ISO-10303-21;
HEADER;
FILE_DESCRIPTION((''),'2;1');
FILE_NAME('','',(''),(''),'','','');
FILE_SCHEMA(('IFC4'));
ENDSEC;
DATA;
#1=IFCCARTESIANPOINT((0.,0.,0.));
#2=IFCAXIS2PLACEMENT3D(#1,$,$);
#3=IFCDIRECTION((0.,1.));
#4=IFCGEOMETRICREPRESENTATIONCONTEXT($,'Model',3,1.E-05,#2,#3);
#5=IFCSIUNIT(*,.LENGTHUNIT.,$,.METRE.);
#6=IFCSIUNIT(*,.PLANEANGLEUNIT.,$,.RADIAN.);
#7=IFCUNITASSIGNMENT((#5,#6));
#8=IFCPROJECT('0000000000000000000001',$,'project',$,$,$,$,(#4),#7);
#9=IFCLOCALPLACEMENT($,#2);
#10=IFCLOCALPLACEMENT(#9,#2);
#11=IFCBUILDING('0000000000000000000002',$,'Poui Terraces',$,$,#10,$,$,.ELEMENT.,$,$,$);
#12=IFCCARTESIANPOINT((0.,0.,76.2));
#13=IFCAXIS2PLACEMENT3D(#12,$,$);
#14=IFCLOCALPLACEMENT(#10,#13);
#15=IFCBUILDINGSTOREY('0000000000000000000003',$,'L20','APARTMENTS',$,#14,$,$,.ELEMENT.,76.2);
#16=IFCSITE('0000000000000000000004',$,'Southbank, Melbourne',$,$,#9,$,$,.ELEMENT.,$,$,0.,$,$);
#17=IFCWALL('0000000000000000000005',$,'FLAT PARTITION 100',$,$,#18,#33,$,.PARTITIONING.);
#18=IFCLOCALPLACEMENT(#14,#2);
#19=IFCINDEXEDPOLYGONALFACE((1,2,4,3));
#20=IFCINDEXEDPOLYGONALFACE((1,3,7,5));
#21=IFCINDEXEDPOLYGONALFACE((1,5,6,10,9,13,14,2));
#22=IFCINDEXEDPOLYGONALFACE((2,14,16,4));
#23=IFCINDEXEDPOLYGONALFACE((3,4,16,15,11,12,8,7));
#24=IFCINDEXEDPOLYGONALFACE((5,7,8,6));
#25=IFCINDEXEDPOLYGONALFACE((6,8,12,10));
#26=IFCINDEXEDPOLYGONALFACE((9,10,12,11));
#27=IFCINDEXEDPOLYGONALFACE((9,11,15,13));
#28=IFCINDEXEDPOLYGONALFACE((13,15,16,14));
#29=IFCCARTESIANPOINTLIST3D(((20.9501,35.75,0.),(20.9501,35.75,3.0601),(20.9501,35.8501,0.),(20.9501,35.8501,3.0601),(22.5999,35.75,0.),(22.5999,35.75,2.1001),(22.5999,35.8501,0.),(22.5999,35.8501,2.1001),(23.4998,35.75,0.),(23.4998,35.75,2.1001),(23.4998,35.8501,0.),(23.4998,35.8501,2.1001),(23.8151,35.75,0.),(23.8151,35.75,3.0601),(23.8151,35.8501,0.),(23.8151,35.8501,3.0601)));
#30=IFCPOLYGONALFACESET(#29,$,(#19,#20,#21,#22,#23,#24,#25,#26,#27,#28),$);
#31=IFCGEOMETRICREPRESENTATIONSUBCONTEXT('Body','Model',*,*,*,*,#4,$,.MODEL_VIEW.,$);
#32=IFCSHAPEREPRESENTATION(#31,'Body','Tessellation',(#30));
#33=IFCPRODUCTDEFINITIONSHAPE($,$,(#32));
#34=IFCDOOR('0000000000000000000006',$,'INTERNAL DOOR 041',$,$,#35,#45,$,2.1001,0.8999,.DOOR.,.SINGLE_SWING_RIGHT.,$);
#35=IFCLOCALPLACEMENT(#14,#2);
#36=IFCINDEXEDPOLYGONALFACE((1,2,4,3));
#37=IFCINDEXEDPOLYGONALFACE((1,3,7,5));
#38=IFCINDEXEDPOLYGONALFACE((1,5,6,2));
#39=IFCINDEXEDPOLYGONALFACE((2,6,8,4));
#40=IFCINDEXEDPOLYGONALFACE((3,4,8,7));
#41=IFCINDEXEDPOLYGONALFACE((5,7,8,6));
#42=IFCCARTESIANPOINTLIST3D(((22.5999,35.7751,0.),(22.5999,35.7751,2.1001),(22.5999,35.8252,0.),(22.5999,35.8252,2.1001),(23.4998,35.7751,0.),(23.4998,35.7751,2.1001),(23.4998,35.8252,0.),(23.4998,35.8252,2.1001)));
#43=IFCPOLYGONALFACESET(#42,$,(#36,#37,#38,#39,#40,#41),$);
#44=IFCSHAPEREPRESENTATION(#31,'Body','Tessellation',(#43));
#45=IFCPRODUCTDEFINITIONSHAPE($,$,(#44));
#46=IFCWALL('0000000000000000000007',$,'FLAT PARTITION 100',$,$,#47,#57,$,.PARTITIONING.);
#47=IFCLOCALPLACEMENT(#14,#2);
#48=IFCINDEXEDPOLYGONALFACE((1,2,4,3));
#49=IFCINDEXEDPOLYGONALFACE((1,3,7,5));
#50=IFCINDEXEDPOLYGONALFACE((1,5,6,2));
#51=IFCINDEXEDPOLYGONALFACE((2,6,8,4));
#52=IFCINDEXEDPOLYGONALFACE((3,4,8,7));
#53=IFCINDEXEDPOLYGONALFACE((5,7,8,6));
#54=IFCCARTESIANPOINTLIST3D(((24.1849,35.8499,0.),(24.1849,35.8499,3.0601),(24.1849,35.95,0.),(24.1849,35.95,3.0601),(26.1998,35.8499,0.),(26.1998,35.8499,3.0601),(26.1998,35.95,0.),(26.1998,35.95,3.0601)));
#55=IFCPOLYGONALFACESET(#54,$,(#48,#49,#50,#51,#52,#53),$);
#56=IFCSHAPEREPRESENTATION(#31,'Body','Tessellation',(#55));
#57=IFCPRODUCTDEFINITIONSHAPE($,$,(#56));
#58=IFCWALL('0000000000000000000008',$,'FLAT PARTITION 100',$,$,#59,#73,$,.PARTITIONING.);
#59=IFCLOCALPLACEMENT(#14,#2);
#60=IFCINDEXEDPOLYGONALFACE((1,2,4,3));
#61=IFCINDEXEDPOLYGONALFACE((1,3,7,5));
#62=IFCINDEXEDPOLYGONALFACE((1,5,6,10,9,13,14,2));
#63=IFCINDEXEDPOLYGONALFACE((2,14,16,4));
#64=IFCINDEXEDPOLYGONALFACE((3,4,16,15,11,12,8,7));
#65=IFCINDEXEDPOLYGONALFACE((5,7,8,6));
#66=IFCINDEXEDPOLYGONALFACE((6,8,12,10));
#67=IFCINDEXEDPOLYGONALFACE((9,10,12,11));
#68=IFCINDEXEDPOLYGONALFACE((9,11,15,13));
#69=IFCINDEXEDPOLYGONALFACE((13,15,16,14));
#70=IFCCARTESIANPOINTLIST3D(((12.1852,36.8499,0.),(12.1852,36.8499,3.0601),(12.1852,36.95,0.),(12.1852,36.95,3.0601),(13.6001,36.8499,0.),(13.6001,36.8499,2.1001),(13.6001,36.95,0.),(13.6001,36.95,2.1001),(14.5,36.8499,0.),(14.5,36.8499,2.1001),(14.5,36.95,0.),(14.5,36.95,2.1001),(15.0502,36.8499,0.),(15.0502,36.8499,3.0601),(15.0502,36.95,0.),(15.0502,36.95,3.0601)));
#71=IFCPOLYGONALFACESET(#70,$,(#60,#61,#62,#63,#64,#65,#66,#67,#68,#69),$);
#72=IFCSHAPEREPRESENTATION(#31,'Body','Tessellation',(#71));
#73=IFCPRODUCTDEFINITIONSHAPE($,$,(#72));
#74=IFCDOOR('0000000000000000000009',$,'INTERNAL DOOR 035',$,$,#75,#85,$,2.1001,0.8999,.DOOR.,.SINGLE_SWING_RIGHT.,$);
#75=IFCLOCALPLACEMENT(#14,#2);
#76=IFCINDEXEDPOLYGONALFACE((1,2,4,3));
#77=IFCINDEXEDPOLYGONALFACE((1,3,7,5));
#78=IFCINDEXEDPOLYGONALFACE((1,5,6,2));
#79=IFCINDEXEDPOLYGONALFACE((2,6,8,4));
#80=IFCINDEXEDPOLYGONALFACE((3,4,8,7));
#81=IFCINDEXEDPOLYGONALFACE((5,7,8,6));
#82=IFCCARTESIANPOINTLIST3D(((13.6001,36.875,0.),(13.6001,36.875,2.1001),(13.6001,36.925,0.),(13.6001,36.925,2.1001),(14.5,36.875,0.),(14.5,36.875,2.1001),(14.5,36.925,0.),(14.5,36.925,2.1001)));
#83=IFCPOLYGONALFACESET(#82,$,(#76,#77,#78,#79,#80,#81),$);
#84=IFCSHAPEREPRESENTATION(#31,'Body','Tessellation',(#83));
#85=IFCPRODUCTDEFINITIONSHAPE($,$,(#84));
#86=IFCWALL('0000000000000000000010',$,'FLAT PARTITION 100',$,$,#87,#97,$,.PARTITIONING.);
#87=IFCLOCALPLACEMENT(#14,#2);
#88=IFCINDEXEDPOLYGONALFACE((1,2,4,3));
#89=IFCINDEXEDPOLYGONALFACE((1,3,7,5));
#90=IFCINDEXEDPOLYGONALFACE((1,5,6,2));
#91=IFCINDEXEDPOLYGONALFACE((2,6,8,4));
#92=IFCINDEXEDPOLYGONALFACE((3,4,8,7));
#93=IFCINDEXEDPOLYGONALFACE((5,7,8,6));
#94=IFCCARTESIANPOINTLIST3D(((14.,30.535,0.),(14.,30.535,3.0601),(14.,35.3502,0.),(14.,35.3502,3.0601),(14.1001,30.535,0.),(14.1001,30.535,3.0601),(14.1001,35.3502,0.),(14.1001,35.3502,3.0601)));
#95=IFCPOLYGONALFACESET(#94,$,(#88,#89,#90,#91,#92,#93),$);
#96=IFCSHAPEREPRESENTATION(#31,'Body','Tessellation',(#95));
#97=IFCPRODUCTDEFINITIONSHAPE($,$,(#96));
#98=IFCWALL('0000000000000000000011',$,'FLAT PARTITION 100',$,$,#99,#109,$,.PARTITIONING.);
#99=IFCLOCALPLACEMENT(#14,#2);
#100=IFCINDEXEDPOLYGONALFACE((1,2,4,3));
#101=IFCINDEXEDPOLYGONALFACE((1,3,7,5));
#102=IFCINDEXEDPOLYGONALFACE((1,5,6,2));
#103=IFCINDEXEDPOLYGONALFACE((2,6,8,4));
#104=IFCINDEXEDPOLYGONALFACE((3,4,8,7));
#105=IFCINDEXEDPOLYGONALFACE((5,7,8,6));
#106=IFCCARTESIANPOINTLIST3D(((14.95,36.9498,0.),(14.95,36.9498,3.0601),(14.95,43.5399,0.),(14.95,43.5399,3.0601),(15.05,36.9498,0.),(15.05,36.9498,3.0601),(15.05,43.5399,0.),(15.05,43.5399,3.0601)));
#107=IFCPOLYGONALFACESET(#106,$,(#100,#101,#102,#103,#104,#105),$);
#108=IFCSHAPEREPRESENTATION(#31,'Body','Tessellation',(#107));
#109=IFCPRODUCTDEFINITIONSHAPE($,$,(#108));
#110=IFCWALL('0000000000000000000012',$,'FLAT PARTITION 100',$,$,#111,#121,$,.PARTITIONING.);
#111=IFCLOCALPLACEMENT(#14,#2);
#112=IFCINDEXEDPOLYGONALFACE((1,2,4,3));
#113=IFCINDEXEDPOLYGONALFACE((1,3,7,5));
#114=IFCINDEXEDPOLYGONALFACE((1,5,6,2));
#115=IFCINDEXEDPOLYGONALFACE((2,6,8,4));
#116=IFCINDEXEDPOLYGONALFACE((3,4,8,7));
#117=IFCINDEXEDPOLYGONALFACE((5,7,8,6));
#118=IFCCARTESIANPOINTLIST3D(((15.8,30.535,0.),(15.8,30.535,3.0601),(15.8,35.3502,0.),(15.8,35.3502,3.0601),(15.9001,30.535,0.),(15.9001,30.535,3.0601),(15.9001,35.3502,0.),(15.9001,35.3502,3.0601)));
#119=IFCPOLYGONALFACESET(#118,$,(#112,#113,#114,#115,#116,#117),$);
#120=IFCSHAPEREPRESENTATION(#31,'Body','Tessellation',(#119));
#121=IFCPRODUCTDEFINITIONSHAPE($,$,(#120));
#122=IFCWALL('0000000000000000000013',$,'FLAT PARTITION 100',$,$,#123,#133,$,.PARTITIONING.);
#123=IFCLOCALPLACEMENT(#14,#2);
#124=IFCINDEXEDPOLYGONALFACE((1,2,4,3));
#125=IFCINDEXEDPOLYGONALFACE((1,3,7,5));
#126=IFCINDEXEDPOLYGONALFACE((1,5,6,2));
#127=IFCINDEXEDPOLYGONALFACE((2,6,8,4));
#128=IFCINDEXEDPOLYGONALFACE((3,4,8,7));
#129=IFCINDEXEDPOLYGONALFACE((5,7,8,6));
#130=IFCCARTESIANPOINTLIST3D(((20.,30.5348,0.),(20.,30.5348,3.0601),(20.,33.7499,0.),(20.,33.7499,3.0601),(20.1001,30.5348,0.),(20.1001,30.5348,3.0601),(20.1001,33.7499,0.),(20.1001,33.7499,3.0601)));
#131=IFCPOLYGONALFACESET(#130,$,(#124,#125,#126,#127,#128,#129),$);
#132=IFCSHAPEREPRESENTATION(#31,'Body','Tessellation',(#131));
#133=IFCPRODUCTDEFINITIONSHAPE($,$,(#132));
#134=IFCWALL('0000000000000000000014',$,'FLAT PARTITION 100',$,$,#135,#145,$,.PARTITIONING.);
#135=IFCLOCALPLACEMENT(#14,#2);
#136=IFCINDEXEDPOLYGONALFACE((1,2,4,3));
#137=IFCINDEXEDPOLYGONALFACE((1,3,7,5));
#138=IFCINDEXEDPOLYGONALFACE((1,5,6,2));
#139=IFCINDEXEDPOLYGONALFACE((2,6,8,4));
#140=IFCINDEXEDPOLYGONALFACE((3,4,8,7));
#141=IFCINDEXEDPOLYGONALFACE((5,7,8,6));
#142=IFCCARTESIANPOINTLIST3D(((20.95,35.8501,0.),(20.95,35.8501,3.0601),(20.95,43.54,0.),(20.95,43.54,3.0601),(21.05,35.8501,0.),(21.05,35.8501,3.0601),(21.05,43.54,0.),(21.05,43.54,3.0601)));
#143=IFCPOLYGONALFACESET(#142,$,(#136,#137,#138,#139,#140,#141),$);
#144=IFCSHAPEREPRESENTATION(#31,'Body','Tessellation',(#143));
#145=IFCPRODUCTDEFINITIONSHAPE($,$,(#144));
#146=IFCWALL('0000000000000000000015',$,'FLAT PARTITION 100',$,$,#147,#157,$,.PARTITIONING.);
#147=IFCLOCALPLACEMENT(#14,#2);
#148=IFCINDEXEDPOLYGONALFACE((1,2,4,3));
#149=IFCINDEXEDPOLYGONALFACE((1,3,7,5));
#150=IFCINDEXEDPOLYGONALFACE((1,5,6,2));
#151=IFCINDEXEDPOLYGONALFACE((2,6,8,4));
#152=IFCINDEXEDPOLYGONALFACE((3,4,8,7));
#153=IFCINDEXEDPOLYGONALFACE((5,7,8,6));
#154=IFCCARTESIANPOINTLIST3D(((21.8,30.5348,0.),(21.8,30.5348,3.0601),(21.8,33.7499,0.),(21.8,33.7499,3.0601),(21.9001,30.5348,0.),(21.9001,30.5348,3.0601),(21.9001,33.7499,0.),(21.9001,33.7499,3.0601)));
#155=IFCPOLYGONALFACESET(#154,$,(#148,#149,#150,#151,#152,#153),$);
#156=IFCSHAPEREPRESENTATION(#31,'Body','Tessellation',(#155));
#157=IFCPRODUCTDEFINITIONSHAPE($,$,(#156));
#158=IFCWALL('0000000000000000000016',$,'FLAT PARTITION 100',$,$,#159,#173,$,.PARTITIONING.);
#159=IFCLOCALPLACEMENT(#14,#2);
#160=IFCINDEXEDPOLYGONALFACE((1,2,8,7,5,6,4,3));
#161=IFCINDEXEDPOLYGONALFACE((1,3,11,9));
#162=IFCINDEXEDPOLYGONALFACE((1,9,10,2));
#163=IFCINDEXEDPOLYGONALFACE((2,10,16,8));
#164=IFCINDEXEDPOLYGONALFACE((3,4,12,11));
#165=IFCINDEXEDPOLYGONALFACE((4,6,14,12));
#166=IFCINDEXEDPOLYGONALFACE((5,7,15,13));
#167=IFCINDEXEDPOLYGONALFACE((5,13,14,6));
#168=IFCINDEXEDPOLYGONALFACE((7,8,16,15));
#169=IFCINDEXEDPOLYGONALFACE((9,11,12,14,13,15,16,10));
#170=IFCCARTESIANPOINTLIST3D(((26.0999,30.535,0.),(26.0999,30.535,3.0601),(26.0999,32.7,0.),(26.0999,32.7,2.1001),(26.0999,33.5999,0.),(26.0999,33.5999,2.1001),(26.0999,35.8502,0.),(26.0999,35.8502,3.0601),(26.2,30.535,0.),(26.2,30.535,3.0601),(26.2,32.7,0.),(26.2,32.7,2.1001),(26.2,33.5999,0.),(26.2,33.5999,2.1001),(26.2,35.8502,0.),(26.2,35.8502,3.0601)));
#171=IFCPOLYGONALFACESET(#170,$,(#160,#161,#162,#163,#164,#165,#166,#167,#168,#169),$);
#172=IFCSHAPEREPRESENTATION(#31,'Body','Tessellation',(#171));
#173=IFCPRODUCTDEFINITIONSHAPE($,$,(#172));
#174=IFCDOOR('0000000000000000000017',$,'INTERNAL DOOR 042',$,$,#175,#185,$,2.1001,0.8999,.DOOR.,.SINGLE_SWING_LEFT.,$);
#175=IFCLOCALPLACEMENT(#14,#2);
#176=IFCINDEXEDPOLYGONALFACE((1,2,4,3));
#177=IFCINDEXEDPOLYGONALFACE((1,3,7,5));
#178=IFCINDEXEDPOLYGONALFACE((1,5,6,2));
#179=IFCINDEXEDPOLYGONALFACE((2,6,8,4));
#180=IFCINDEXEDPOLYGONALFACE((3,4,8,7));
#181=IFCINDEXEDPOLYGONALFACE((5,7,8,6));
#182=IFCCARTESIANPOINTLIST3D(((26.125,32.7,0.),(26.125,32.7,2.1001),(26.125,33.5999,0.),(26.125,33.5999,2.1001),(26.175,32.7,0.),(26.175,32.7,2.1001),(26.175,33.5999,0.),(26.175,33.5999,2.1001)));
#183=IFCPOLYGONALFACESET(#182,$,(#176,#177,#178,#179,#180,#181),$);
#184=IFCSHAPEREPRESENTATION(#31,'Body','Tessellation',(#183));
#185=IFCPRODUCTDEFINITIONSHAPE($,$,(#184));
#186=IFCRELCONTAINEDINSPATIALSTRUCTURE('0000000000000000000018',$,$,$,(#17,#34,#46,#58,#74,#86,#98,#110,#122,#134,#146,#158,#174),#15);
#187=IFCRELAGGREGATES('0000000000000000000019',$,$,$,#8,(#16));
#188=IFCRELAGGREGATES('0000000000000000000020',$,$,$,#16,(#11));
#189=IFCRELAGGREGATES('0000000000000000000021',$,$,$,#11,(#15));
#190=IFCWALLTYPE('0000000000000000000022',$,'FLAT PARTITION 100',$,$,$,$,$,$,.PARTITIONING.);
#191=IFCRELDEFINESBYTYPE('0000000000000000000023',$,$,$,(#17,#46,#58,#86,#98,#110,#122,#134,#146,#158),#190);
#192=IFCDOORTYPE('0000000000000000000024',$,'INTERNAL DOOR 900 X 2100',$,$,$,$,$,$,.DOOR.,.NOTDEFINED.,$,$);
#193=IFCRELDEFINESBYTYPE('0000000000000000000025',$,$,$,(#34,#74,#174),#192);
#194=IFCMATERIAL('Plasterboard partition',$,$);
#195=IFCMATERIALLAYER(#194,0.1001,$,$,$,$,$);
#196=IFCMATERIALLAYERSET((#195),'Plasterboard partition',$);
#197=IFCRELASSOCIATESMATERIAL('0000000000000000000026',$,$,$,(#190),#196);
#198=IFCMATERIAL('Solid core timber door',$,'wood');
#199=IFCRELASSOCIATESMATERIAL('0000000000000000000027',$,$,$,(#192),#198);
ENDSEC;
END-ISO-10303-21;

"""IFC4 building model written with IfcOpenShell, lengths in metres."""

from ifc_helpers import new_model, si_unit, direction, frame, frame_2d, origin, place, context, subcontext, project, spatial, rectangle, extrude, material, layer, layer_set, type_object, element, fill, save


model = new_model("IFC4")

# Units and contexts
model_context = context("Model", 3, precision=1e-05, world=origin(), true_north=direction((0.0, 1.0)))
body_context = subcontext(model_context, "Body", "Model", "MODEL_VIEW")
ifc_project = project(units=[si_unit("LENGTHUNIT", "METRE"), si_unit("PLANEANGLEUNIT", "RADIAN")], contexts=[model_context])

# Site, building, storey
site_placement = place(None, origin())
site = spatial("IfcSite", under=ifc_project, at=site_placement, Name="Southbank, Melbourne", CompositionType="ELEMENT", RefElevation=0.0)
building_placement = place(site_placement, origin())
building = spatial("IfcBuilding", under=site, at=building_placement, Name="Poui Terraces", CompositionType="ELEMENT")
storey_placement = place(building_placement, frame((0.0, 0.0, 76.2)))
storey = spatial("IfcBuildingStorey", under=building, at=storey_placement, Name="L20", Description="APARTMENTS", CompositionType="ELEMENT", Elevation=76.2)

# Wall, opening, door
ifc_material_1 = material(Name="Plasterboard partition")
ifc_layer_1 = layer(ifc_material_1, 0.1001)
ifc_layer_set_1 = layer_set([ifc_layer_1], Name="Plasterboard partition")
wall_type_1 = type_object("IfcWallType", Name="FLAT PARTITION 100", PredefinedType="PARTITIONING", material=ifc_layer_set_1)
ifc_material_2 = material(Name="Solid core timber door", Category="wood")
door_type_1 = type_object("IfcDoorType", Name="INTERNAL DOOR 900 X 2100", OperationType="NOTDEFINED", PredefinedType="DOOR", material=ifc_material_2)
wall_1_placement = place(storey_placement, frame((20.95, 35.8, 0.0), z_axis=(0.0, 0.0, 1.0), x_axis=(1.0, 0.0, 0.0)))
wall_1 = element("IfcWall", 1, at=wall_1_placement, inside=storey, type_object=wall_type_1, Name="FLAT PARTITION 100", PredefinedType="PARTITIONING", context=body_context, shape_type="SweptSolid", body=[
    extrude(rectangle(XDim=2.865, YDim=0.1001, at=frame_2d((1.4326, 0.0))), origin(), (0.0, 0.0, 1.0), 3.0601),
])
opening_1_placement = place(wall_1_placement, frame((1.6499, 0.0, 0.0)))
opening_1 = element("IfcOpeningElement", 2, at=opening_1_placement, cuts=wall_1, PredefinedType="OPENING", context=body_context, shape_type="SweptSolid", body=[
    extrude(rectangle(XDim=0.8999, YDim=2.1001, at=frame_2d((0.45, 1.05))), frame((0.0, 0.0601, 0.0), z_axis=(0.0, -1.0, 0.0), x_axis=(1.0, 0.0, 0.0)), (0.0, 0.0, 1.0), 0.1201),
])
door_1_placement = place(opening_1_placement, frame((0.8999, 0.0, 0.0), z_axis=(0.0, 0.0, 1.0), x_axis=(-1.0, 0.0, 0.0)))
door_1 = element("IfcDoor", 3, at=door_1_placement, inside=storey, type_object=door_type_1, Name="INTERNAL DOOR 041", OperationType="SINGLE_SWING_RIGHT", OverallHeight=2.1001, OverallWidth=0.8999, PredefinedType="DOOR", context=body_context, shape_type="SweptSolid", body=[
    extrude(rectangle(XDim=0.8999, YDim=2.1001, at=frame_2d((0.45, 1.05))), frame((0.0, 0.0249, 0.0), z_axis=(0.0, -1.0, 0.0), x_axis=(1.0, 0.0, 0.0)), (0.0, 0.0, 1.0), 0.05),
])
fill(opening_1, door_1)

# Wall
wall_2_placement = place(storey_placement, frame((24.1851, 35.8999, 0.0), z_axis=(0.0, 0.0, 1.0), x_axis=(1.0, 0.0, 0.0)))
element("IfcWall", 4, at=wall_2_placement, inside=storey, type_object=wall_type_1, Name="FLAT PARTITION 100", PredefinedType="PARTITIONING", context=body_context, shape_type="SweptSolid", body=[
    extrude(rectangle(XDim=2.0149, YDim=0.1001, at=frame_2d((1.0073, 0.0))), origin(), (0.0, 0.0, 1.0), 3.0601),
])

# Wall, opening, door
wall_3_placement = place(storey_placement, frame((12.1851, 36.8999, 0.0), z_axis=(0.0, 0.0, 1.0), x_axis=(1.0, 0.0, 0.0)))
wall_3 = element("IfcWall", 5, at=wall_3_placement, inside=storey, type_object=wall_type_1, Name="FLAT PARTITION 100", PredefinedType="PARTITIONING", context=body_context, shape_type="SweptSolid", body=[
    extrude(rectangle(XDim=2.865, YDim=0.1001, at=frame_2d((1.4326, 0.0))), origin(), (0.0, 0.0, 1.0), 3.0601),
])
opening_2_placement = place(wall_3_placement, frame((1.415, 0.0, 0.0)))
opening_2 = element("IfcOpeningElement", 6, at=opening_2_placement, cuts=wall_3, PredefinedType="OPENING", context=body_context, shape_type="SweptSolid", body=[
    extrude(rectangle(XDim=0.8999, YDim=2.1001, at=frame_2d((0.45, 1.05))), frame((0.0, 0.0601, 0.0), z_axis=(0.0, -1.0, 0.0), x_axis=(1.0, 0.0, 0.0)), (0.0, 0.0, 1.0), 0.1201),
])
door_2_placement = place(opening_2_placement, frame((0.8999, 0.0, 0.0), z_axis=(0.0, 0.0, 1.0), x_axis=(-1.0, 0.0, 0.0)))
door_2 = element("IfcDoor", 7, at=door_2_placement, inside=storey, type_object=door_type_1, Name="INTERNAL DOOR 035", OperationType="SINGLE_SWING_RIGHT", OverallHeight=2.1001, OverallWidth=0.8999, PredefinedType="DOOR", context=body_context, shape_type="SweptSolid", body=[
    extrude(rectangle(XDim=0.8999, YDim=2.1001, at=frame_2d((0.45, 1.05))), frame((0.0, 0.0249, 0.0), z_axis=(0.0, -1.0, 0.0), x_axis=(1.0, 0.0, 0.0)), (0.0, 0.0, 1.0), 0.05),
])
fill(opening_2, door_2)

# Walls
wall_4_placement = place(storey_placement, frame((14.05, 30.5349, 0.0), z_axis=(0.0, 0.0, 1.0), x_axis=(0.0, 1.0, 0.0)))
element("IfcWall", 8, at=wall_4_placement, inside=storey, type_object=wall_type_1, Name="FLAT PARTITION 100", PredefinedType="PARTITIONING", context=body_context, shape_type="SweptSolid", body=[
    extrude(rectangle(XDim=4.8152, YDim=0.1001, at=frame_2d((2.4077, 0.0))), origin(), (0.0, 0.0, 1.0), 3.0601),
])
wall_5_placement = place(storey_placement, frame((15.0, 36.95, 0.0), z_axis=(0.0, 0.0, 1.0), x_axis=(0.0, 1.0, 0.0)))
element("IfcWall", 9, at=wall_5_placement, inside=storey, type_object=wall_type_1, Name="FLAT PARTITION 100", PredefinedType="PARTITIONING", context=body_context, shape_type="SweptSolid", body=[
    extrude(rectangle(XDim=6.5901, YDim=0.1001, at=frame_2d((3.2949, 0.0))), origin(), (0.0, 0.0, 1.0), 3.0601),
])
wall_6_placement = place(storey_placement, frame((15.8501, 30.5349, 0.0), z_axis=(0.0, 0.0, 1.0), x_axis=(0.0, 1.0, 0.0)))
element("IfcWall", 10, at=wall_6_placement, inside=storey, type_object=wall_type_1, Name="FLAT PARTITION 100", PredefinedType="PARTITIONING", context=body_context, shape_type="SweptSolid", body=[
    extrude(rectangle(XDim=4.8152, YDim=0.1001, at=frame_2d((2.4077, 0.0))), origin(), (0.0, 0.0, 1.0), 3.0601),
])
wall_7_placement = place(storey_placement, frame((20.05, 30.5349, 0.0), z_axis=(0.0, 0.0, 1.0), x_axis=(0.0, 1.0, 0.0)))
element("IfcWall", 11, at=wall_7_placement, inside=storey, type_object=wall_type_1, Name="FLAT PARTITION 100", PredefinedType="PARTITIONING", context=body_context, shape_type="SweptSolid", body=[
    extrude(rectangle(XDim=3.2151, YDim=0.1001, at=frame_2d((1.6074, 0.0))), origin(), (0.0, 0.0, 1.0), 3.0601),
])
wall_8_placement = place(storey_placement, frame((21.0, 35.8501, 0.0), z_axis=(0.0, 0.0, 1.0), x_axis=(0.0, 1.0, 0.0)))
element("IfcWall", 12, at=wall_8_placement, inside=storey, type_object=wall_type_1, Name="FLAT PARTITION 100", PredefinedType="PARTITIONING", context=body_context, shape_type="SweptSolid", body=[
    extrude(rectangle(XDim=7.6899, YDim=0.1001, at=frame_2d((3.845, 0.0))), origin(), (0.0, 0.0, 1.0), 3.0601),
])
wall_9_placement = place(storey_placement, frame((21.8501, 30.5349, 0.0), z_axis=(0.0, 0.0, 1.0), x_axis=(0.0, 1.0, 0.0)))
element("IfcWall", 13, at=wall_9_placement, inside=storey, type_object=wall_type_1, Name="FLAT PARTITION 100", PredefinedType="PARTITIONING", context=body_context, shape_type="SweptSolid", body=[
    extrude(rectangle(XDim=3.2151, YDim=0.1001, at=frame_2d((1.6074, 0.0))), origin(), (0.0, 0.0, 1.0), 3.0601),
])

# Wall, opening, door
wall_10_placement = place(storey_placement, frame((26.1499, 30.5349, 0.0), z_axis=(0.0, 0.0, 1.0), x_axis=(0.0, 1.0, 0.0)))
wall_10 = element("IfcWall", 14, at=wall_10_placement, inside=storey, type_object=wall_type_1, Name="FLAT PARTITION 100", PredefinedType="PARTITIONING", context=body_context, shape_type="SweptSolid", body=[
    extrude(rectangle(XDim=5.3152, YDim=0.1001, at=frame_2d((2.6577, 0.0))), origin(), (0.0, 0.0, 1.0), 3.0601),
])
opening_3_placement = place(wall_10_placement, frame((2.165, 0.0, 0.0)))
opening_3 = element("IfcOpeningElement", 15, at=opening_3_placement, cuts=wall_10, PredefinedType="OPENING", context=body_context, shape_type="SweptSolid", body=[
    extrude(rectangle(XDim=0.8999, YDim=2.1001, at=frame_2d((0.45, 1.05))), frame((0.0, 0.0601, 0.0), z_axis=(0.0, -1.0, 0.0), x_axis=(1.0, 0.0, 0.0)), (0.0, 0.0, 1.0), 0.1201),
])
door_3_placement = place(opening_3_placement, origin())
door_3 = element("IfcDoor", 16, at=door_3_placement, inside=storey, type_object=door_type_1, Name="INTERNAL DOOR 042", OperationType="SINGLE_SWING_LEFT", OverallHeight=2.1001, OverallWidth=0.8999, PredefinedType="DOOR", context=body_context, shape_type="SweptSolid", body=[
    extrude(rectangle(XDim=0.8999, YDim=2.1001, at=frame_2d((0.45, 1.05))), frame((0.0, 0.0249, 0.0), z_axis=(0.0, -1.0, 0.0), x_axis=(1.0, 0.0, 0.0)), (0.0, 0.0, 1.0), 0.05),
])
fill(opening_3, door_3)

save(model, "model.ifc")
